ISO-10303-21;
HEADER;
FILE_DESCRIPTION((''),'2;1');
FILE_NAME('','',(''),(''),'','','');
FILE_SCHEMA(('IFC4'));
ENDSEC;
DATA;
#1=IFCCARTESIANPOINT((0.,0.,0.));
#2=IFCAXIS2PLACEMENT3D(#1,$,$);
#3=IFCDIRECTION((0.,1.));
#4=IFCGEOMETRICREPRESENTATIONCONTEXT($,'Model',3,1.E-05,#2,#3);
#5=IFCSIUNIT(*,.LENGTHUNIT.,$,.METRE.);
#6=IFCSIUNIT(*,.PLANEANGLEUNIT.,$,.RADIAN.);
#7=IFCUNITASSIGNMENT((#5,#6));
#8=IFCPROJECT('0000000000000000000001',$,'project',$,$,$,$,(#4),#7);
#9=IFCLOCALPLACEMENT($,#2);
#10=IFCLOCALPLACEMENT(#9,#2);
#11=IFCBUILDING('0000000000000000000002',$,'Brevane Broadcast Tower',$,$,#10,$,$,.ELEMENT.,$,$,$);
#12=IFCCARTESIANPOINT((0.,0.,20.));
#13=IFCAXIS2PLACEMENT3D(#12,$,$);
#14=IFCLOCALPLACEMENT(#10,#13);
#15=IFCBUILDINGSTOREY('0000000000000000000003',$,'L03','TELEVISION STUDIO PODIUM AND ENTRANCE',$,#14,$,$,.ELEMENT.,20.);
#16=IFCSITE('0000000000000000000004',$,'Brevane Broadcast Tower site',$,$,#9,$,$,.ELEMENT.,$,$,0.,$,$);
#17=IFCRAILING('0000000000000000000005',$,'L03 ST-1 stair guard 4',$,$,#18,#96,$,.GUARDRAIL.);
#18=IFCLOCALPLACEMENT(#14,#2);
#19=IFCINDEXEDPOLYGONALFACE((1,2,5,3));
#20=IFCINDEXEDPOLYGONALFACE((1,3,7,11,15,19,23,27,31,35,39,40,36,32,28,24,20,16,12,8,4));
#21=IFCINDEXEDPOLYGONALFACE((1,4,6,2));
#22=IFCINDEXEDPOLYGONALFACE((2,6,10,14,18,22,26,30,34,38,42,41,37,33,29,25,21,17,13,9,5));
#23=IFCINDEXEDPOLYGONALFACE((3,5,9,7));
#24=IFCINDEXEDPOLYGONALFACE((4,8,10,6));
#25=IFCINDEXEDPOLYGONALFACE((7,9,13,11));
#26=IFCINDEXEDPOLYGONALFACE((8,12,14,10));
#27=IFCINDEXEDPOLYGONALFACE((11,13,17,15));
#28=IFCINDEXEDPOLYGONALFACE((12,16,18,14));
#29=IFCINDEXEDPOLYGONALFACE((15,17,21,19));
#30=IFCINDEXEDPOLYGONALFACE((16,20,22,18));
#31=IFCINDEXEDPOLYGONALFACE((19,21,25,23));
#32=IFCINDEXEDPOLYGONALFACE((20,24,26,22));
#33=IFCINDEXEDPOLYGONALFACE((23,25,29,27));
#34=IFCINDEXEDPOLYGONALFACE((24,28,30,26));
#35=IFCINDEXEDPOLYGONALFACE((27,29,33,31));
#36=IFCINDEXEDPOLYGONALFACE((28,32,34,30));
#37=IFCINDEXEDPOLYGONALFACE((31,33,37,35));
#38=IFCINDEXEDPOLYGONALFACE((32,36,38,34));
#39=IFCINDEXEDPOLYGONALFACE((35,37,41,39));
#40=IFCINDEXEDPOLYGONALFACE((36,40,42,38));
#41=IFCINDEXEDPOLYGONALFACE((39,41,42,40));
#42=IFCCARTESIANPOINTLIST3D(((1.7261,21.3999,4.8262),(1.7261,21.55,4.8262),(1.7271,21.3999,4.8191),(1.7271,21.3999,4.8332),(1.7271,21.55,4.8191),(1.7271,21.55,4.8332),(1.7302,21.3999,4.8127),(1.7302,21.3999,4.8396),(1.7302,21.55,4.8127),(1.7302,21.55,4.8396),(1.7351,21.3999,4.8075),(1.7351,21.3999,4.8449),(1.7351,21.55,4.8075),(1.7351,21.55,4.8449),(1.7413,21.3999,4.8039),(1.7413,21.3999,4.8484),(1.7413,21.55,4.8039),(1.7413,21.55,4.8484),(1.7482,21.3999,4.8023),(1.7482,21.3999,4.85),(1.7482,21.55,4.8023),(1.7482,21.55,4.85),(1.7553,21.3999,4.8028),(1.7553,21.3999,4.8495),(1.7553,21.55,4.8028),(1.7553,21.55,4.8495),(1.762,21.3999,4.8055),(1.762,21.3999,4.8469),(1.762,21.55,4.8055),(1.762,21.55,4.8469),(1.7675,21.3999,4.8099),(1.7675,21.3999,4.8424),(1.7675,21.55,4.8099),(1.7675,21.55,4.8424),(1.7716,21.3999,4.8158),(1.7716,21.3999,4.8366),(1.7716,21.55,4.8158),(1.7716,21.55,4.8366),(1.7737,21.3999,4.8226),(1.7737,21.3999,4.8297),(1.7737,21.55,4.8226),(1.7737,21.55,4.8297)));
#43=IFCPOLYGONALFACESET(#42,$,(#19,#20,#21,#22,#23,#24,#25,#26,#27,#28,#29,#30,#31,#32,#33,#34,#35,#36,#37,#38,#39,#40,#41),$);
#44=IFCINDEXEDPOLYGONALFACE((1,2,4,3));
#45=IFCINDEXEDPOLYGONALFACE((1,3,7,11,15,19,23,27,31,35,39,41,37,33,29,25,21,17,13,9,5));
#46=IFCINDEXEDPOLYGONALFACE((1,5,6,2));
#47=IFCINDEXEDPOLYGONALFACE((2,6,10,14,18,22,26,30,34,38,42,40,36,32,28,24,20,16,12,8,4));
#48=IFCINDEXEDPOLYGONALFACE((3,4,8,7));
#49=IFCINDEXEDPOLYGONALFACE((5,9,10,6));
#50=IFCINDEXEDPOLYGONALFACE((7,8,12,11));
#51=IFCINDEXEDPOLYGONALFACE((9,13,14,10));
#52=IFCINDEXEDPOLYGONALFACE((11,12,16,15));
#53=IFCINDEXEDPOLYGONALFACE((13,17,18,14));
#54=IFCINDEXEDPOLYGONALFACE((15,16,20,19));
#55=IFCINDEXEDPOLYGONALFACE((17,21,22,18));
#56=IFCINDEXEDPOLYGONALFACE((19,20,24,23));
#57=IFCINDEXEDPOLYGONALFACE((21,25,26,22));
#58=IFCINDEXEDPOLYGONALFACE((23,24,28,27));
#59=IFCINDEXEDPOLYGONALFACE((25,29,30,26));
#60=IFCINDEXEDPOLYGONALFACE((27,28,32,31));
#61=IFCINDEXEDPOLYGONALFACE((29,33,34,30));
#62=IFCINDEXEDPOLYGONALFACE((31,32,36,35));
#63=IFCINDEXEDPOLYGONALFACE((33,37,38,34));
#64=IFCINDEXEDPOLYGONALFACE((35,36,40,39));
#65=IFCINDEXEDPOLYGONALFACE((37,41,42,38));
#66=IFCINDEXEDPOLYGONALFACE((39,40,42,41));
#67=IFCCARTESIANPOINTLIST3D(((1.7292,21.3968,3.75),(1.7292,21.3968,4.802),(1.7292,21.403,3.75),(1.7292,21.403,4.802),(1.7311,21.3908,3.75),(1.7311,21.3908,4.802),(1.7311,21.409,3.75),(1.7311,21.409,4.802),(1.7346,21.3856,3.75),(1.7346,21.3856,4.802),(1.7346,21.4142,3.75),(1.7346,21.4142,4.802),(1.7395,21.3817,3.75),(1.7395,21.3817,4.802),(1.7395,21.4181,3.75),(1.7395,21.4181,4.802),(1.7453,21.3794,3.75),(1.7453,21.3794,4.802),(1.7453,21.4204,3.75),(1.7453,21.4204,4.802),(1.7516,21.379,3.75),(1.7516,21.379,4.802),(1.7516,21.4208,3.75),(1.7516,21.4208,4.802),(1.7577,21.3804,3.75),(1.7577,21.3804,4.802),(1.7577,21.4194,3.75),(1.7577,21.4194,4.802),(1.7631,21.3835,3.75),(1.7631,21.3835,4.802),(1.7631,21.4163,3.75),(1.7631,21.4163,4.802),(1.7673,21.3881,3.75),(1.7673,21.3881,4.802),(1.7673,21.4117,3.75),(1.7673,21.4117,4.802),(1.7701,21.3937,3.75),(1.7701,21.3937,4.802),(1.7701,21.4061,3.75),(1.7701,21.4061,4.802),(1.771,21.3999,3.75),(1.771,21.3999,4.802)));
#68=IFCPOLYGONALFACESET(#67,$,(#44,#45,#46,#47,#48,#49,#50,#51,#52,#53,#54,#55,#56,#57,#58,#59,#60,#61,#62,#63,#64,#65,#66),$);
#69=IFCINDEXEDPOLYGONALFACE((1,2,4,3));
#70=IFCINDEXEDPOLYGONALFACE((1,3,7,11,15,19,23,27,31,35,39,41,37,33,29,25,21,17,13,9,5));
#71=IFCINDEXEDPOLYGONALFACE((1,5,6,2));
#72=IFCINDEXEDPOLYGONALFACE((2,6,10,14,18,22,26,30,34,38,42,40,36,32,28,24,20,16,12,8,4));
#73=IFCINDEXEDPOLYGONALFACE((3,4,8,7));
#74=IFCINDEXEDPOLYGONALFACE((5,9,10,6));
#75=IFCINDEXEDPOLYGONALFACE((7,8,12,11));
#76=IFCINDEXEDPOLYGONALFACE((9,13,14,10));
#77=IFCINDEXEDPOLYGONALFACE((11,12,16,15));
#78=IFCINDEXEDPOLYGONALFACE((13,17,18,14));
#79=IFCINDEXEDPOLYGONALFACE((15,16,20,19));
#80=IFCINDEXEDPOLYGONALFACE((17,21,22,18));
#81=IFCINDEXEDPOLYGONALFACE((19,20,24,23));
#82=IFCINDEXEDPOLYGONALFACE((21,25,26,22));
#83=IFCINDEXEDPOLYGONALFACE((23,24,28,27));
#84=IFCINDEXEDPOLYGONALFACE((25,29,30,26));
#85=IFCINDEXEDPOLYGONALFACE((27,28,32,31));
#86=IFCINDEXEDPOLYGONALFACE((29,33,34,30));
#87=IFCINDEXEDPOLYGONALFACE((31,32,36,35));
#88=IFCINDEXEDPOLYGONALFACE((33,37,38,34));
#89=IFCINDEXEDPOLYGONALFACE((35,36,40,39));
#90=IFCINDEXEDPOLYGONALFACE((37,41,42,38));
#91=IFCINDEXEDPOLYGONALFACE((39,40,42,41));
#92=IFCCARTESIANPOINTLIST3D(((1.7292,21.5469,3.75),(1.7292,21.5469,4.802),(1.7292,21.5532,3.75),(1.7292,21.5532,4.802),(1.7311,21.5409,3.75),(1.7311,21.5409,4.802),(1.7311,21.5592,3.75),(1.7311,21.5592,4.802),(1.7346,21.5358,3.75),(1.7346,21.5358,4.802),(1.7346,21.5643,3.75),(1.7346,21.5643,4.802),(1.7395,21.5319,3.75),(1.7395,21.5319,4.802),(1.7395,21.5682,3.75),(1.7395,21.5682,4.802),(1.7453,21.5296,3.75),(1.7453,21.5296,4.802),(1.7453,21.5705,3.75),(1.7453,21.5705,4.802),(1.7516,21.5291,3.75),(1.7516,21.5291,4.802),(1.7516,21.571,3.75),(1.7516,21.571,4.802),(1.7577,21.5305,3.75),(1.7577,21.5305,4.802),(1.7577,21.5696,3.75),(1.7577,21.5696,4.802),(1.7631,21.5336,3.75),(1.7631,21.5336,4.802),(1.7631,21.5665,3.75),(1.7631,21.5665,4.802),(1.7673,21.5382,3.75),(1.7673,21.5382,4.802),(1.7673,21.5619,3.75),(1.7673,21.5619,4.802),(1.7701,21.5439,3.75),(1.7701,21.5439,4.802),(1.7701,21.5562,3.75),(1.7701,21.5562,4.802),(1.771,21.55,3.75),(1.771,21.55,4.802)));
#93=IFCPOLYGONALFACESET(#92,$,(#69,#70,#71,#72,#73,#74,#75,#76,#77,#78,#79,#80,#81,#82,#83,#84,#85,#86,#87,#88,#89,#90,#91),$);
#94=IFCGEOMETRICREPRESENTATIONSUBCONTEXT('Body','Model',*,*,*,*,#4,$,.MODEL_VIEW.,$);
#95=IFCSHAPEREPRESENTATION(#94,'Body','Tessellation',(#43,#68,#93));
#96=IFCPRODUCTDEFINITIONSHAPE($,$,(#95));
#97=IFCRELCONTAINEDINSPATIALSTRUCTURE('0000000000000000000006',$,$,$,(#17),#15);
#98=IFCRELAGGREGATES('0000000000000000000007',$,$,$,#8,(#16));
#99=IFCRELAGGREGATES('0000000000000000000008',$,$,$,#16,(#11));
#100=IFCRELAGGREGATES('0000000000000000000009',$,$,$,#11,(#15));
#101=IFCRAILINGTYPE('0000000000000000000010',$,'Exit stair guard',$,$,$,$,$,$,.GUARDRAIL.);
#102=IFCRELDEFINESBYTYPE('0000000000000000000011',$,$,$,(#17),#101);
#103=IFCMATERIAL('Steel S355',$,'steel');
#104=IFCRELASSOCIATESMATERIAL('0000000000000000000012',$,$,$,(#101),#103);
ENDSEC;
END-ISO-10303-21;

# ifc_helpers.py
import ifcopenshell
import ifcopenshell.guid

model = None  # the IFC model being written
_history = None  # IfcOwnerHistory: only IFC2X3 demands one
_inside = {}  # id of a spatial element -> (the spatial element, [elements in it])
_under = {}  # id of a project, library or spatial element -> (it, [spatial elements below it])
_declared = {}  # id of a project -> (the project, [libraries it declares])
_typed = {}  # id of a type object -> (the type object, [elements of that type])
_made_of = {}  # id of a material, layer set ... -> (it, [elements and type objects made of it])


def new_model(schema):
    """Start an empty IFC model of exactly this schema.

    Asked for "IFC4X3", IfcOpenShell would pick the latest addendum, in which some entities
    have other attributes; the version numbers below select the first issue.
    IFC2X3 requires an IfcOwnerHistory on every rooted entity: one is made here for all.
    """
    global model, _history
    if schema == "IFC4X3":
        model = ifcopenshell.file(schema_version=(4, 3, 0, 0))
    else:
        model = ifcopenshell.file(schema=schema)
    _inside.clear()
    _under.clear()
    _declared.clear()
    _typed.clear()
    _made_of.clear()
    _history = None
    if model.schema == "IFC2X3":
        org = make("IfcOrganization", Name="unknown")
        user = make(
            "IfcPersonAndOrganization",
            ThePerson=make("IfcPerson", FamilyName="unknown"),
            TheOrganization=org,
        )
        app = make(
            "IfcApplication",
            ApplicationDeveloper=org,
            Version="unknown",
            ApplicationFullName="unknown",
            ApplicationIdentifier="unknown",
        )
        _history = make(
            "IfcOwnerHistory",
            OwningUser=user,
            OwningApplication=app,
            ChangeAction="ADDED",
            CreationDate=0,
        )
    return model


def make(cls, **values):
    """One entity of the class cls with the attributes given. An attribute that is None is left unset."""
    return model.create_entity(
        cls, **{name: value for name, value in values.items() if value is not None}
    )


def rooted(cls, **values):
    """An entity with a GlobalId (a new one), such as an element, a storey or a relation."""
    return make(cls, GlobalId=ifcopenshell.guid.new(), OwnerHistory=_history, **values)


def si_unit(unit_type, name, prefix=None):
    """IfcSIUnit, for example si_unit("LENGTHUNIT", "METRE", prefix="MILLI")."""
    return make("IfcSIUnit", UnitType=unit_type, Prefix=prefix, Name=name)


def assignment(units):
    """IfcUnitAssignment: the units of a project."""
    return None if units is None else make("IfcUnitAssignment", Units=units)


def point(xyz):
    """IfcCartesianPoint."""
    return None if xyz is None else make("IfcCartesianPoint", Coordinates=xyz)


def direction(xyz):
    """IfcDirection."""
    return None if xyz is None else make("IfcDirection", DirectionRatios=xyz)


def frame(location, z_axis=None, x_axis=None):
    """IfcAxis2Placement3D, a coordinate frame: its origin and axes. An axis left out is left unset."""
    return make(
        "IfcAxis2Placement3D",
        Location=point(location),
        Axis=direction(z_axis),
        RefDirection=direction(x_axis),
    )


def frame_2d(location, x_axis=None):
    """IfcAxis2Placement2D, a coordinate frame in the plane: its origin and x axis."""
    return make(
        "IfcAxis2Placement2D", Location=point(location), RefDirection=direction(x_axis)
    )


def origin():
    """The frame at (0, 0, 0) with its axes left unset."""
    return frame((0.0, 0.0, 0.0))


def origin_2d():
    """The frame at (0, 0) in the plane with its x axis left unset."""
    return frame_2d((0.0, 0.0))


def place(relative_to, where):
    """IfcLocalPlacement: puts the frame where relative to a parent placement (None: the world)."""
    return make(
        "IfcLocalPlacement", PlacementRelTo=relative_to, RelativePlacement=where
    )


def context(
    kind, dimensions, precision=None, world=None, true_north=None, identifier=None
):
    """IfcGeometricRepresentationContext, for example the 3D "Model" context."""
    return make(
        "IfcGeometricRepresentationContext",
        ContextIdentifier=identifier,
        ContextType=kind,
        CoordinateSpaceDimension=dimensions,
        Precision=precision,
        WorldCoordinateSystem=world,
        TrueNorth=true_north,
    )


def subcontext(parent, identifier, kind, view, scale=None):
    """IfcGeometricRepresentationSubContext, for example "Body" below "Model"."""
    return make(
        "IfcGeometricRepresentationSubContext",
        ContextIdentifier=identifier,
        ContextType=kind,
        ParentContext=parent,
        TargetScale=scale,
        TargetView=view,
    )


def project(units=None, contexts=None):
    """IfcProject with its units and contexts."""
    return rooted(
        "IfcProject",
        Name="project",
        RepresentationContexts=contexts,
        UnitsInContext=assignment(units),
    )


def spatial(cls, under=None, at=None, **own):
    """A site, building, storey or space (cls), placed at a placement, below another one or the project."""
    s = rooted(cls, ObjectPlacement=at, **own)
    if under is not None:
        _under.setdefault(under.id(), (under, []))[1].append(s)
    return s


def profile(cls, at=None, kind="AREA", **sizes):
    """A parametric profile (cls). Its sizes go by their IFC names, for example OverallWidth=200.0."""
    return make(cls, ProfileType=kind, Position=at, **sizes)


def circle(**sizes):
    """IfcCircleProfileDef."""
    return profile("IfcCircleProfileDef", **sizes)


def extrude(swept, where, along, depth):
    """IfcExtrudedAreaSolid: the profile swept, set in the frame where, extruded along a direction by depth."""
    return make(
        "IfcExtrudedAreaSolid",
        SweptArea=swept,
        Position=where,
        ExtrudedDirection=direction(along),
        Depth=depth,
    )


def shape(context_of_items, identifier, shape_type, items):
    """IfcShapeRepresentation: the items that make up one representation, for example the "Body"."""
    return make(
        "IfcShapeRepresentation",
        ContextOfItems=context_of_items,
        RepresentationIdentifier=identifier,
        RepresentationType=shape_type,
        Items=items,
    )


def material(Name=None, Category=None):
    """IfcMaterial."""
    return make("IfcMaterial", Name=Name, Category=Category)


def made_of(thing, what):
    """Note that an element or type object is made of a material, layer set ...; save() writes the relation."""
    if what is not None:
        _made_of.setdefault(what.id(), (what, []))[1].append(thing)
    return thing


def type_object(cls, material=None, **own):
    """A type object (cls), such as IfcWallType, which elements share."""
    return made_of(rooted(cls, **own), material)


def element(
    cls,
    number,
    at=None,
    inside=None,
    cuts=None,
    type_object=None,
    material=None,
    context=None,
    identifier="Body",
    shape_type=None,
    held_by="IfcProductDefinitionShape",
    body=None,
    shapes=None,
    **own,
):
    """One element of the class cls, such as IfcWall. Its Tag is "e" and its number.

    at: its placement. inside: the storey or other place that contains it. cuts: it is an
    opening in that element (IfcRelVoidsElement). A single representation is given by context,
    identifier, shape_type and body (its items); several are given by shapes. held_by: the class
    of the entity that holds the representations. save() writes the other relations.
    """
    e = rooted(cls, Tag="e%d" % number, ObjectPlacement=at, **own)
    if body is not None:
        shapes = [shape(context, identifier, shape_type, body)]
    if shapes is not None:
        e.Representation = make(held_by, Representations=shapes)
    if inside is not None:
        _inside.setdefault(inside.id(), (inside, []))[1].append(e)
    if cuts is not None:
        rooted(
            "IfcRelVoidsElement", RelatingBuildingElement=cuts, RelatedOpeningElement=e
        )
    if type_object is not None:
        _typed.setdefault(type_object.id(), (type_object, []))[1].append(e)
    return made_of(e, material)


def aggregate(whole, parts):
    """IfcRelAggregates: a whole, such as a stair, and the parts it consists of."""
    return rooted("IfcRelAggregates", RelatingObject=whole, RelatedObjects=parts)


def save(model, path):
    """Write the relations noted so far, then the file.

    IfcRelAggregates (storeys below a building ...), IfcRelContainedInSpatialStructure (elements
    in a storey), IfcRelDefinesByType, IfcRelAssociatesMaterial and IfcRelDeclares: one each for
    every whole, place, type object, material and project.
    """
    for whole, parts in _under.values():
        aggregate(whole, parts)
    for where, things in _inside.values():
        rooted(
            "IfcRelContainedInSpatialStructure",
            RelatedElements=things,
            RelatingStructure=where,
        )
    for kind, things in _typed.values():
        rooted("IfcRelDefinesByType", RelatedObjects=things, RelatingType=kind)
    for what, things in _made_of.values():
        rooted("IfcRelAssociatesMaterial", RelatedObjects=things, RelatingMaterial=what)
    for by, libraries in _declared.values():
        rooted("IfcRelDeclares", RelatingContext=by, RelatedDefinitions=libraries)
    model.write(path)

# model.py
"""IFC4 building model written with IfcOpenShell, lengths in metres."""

from ifc_helpers import new_model, si_unit, direction, frame, origin, origin_2d, place, context, subcontext, project, spatial, circle, extrude, material, type_object, element, save


model = new_model("IFC4")

# Units and contexts
model_context = context("Model", 3, precision=1e-05, world=origin(), true_north=direction((0.0, 1.0)))
body_context = subcontext(model_context, "Body", "Model", "MODEL_VIEW")
ifc_project = project(units=[si_unit("LENGTHUNIT", "METRE"), si_unit("PLANEANGLEUNIT", "RADIAN")], contexts=[model_context])

# Site, building, storey
site_placement = place(None, origin())
site = spatial("IfcSite", under=ifc_project, at=site_placement, Name="Brevane Broadcast Tower site", CompositionType="ELEMENT", RefElevation=0.0)
building_placement = place(site_placement, origin())
building = spatial("IfcBuilding", under=site, at=building_placement, Name="Brevane Broadcast Tower", CompositionType="ELEMENT")
storey_placement = place(building_placement, frame((0.0, 0.0, 20.0)))
storey = spatial("IfcBuildingStorey", under=building, at=storey_placement, Name="L03", Description="TELEVISION STUDIO PODIUM AND ENTRANCE", CompositionType="ELEMENT", Elevation=20.0)

# Railing
ifc_material_1 = material(Name="Steel S355", Category="steel")
railing_type_1 = type_object("IfcRailingType", Name="Exit stair guard", PredefinedType="GUARDRAIL", material=ifc_material_1)
railing_1_placement = place(storey_placement, frame((1.75, 21.3999, 3.75)))
element("IfcRailing", 1, at=railing_1_placement, inside=storey, type_object=railing_type_1, Name="L03 ST-1 stair guard 4", PredefinedType="GUARDRAIL", context=body_context, shape_type="SweptSolid", body=[
    extrude(circle(Radius=0.0239, at=origin_2d()), frame((0.0, 0.0, 1.0762), z_axis=(0.0, 1.0, 0.0), x_axis=(-1.0, 0.0, 0.0)), (0.0, 0.0, 1.0), 0.1501),
    extrude(circle(Radius=0.021, at=origin_2d()), origin(), (0.0, 0.0, 1.0), 1.052),
    extrude(circle(Radius=0.021, at=origin_2d()), frame((0.0, 0.1501, 0.0)), (0.0, 0.0, 1.0), 1.052),
])

save(model, "model.ifc")
